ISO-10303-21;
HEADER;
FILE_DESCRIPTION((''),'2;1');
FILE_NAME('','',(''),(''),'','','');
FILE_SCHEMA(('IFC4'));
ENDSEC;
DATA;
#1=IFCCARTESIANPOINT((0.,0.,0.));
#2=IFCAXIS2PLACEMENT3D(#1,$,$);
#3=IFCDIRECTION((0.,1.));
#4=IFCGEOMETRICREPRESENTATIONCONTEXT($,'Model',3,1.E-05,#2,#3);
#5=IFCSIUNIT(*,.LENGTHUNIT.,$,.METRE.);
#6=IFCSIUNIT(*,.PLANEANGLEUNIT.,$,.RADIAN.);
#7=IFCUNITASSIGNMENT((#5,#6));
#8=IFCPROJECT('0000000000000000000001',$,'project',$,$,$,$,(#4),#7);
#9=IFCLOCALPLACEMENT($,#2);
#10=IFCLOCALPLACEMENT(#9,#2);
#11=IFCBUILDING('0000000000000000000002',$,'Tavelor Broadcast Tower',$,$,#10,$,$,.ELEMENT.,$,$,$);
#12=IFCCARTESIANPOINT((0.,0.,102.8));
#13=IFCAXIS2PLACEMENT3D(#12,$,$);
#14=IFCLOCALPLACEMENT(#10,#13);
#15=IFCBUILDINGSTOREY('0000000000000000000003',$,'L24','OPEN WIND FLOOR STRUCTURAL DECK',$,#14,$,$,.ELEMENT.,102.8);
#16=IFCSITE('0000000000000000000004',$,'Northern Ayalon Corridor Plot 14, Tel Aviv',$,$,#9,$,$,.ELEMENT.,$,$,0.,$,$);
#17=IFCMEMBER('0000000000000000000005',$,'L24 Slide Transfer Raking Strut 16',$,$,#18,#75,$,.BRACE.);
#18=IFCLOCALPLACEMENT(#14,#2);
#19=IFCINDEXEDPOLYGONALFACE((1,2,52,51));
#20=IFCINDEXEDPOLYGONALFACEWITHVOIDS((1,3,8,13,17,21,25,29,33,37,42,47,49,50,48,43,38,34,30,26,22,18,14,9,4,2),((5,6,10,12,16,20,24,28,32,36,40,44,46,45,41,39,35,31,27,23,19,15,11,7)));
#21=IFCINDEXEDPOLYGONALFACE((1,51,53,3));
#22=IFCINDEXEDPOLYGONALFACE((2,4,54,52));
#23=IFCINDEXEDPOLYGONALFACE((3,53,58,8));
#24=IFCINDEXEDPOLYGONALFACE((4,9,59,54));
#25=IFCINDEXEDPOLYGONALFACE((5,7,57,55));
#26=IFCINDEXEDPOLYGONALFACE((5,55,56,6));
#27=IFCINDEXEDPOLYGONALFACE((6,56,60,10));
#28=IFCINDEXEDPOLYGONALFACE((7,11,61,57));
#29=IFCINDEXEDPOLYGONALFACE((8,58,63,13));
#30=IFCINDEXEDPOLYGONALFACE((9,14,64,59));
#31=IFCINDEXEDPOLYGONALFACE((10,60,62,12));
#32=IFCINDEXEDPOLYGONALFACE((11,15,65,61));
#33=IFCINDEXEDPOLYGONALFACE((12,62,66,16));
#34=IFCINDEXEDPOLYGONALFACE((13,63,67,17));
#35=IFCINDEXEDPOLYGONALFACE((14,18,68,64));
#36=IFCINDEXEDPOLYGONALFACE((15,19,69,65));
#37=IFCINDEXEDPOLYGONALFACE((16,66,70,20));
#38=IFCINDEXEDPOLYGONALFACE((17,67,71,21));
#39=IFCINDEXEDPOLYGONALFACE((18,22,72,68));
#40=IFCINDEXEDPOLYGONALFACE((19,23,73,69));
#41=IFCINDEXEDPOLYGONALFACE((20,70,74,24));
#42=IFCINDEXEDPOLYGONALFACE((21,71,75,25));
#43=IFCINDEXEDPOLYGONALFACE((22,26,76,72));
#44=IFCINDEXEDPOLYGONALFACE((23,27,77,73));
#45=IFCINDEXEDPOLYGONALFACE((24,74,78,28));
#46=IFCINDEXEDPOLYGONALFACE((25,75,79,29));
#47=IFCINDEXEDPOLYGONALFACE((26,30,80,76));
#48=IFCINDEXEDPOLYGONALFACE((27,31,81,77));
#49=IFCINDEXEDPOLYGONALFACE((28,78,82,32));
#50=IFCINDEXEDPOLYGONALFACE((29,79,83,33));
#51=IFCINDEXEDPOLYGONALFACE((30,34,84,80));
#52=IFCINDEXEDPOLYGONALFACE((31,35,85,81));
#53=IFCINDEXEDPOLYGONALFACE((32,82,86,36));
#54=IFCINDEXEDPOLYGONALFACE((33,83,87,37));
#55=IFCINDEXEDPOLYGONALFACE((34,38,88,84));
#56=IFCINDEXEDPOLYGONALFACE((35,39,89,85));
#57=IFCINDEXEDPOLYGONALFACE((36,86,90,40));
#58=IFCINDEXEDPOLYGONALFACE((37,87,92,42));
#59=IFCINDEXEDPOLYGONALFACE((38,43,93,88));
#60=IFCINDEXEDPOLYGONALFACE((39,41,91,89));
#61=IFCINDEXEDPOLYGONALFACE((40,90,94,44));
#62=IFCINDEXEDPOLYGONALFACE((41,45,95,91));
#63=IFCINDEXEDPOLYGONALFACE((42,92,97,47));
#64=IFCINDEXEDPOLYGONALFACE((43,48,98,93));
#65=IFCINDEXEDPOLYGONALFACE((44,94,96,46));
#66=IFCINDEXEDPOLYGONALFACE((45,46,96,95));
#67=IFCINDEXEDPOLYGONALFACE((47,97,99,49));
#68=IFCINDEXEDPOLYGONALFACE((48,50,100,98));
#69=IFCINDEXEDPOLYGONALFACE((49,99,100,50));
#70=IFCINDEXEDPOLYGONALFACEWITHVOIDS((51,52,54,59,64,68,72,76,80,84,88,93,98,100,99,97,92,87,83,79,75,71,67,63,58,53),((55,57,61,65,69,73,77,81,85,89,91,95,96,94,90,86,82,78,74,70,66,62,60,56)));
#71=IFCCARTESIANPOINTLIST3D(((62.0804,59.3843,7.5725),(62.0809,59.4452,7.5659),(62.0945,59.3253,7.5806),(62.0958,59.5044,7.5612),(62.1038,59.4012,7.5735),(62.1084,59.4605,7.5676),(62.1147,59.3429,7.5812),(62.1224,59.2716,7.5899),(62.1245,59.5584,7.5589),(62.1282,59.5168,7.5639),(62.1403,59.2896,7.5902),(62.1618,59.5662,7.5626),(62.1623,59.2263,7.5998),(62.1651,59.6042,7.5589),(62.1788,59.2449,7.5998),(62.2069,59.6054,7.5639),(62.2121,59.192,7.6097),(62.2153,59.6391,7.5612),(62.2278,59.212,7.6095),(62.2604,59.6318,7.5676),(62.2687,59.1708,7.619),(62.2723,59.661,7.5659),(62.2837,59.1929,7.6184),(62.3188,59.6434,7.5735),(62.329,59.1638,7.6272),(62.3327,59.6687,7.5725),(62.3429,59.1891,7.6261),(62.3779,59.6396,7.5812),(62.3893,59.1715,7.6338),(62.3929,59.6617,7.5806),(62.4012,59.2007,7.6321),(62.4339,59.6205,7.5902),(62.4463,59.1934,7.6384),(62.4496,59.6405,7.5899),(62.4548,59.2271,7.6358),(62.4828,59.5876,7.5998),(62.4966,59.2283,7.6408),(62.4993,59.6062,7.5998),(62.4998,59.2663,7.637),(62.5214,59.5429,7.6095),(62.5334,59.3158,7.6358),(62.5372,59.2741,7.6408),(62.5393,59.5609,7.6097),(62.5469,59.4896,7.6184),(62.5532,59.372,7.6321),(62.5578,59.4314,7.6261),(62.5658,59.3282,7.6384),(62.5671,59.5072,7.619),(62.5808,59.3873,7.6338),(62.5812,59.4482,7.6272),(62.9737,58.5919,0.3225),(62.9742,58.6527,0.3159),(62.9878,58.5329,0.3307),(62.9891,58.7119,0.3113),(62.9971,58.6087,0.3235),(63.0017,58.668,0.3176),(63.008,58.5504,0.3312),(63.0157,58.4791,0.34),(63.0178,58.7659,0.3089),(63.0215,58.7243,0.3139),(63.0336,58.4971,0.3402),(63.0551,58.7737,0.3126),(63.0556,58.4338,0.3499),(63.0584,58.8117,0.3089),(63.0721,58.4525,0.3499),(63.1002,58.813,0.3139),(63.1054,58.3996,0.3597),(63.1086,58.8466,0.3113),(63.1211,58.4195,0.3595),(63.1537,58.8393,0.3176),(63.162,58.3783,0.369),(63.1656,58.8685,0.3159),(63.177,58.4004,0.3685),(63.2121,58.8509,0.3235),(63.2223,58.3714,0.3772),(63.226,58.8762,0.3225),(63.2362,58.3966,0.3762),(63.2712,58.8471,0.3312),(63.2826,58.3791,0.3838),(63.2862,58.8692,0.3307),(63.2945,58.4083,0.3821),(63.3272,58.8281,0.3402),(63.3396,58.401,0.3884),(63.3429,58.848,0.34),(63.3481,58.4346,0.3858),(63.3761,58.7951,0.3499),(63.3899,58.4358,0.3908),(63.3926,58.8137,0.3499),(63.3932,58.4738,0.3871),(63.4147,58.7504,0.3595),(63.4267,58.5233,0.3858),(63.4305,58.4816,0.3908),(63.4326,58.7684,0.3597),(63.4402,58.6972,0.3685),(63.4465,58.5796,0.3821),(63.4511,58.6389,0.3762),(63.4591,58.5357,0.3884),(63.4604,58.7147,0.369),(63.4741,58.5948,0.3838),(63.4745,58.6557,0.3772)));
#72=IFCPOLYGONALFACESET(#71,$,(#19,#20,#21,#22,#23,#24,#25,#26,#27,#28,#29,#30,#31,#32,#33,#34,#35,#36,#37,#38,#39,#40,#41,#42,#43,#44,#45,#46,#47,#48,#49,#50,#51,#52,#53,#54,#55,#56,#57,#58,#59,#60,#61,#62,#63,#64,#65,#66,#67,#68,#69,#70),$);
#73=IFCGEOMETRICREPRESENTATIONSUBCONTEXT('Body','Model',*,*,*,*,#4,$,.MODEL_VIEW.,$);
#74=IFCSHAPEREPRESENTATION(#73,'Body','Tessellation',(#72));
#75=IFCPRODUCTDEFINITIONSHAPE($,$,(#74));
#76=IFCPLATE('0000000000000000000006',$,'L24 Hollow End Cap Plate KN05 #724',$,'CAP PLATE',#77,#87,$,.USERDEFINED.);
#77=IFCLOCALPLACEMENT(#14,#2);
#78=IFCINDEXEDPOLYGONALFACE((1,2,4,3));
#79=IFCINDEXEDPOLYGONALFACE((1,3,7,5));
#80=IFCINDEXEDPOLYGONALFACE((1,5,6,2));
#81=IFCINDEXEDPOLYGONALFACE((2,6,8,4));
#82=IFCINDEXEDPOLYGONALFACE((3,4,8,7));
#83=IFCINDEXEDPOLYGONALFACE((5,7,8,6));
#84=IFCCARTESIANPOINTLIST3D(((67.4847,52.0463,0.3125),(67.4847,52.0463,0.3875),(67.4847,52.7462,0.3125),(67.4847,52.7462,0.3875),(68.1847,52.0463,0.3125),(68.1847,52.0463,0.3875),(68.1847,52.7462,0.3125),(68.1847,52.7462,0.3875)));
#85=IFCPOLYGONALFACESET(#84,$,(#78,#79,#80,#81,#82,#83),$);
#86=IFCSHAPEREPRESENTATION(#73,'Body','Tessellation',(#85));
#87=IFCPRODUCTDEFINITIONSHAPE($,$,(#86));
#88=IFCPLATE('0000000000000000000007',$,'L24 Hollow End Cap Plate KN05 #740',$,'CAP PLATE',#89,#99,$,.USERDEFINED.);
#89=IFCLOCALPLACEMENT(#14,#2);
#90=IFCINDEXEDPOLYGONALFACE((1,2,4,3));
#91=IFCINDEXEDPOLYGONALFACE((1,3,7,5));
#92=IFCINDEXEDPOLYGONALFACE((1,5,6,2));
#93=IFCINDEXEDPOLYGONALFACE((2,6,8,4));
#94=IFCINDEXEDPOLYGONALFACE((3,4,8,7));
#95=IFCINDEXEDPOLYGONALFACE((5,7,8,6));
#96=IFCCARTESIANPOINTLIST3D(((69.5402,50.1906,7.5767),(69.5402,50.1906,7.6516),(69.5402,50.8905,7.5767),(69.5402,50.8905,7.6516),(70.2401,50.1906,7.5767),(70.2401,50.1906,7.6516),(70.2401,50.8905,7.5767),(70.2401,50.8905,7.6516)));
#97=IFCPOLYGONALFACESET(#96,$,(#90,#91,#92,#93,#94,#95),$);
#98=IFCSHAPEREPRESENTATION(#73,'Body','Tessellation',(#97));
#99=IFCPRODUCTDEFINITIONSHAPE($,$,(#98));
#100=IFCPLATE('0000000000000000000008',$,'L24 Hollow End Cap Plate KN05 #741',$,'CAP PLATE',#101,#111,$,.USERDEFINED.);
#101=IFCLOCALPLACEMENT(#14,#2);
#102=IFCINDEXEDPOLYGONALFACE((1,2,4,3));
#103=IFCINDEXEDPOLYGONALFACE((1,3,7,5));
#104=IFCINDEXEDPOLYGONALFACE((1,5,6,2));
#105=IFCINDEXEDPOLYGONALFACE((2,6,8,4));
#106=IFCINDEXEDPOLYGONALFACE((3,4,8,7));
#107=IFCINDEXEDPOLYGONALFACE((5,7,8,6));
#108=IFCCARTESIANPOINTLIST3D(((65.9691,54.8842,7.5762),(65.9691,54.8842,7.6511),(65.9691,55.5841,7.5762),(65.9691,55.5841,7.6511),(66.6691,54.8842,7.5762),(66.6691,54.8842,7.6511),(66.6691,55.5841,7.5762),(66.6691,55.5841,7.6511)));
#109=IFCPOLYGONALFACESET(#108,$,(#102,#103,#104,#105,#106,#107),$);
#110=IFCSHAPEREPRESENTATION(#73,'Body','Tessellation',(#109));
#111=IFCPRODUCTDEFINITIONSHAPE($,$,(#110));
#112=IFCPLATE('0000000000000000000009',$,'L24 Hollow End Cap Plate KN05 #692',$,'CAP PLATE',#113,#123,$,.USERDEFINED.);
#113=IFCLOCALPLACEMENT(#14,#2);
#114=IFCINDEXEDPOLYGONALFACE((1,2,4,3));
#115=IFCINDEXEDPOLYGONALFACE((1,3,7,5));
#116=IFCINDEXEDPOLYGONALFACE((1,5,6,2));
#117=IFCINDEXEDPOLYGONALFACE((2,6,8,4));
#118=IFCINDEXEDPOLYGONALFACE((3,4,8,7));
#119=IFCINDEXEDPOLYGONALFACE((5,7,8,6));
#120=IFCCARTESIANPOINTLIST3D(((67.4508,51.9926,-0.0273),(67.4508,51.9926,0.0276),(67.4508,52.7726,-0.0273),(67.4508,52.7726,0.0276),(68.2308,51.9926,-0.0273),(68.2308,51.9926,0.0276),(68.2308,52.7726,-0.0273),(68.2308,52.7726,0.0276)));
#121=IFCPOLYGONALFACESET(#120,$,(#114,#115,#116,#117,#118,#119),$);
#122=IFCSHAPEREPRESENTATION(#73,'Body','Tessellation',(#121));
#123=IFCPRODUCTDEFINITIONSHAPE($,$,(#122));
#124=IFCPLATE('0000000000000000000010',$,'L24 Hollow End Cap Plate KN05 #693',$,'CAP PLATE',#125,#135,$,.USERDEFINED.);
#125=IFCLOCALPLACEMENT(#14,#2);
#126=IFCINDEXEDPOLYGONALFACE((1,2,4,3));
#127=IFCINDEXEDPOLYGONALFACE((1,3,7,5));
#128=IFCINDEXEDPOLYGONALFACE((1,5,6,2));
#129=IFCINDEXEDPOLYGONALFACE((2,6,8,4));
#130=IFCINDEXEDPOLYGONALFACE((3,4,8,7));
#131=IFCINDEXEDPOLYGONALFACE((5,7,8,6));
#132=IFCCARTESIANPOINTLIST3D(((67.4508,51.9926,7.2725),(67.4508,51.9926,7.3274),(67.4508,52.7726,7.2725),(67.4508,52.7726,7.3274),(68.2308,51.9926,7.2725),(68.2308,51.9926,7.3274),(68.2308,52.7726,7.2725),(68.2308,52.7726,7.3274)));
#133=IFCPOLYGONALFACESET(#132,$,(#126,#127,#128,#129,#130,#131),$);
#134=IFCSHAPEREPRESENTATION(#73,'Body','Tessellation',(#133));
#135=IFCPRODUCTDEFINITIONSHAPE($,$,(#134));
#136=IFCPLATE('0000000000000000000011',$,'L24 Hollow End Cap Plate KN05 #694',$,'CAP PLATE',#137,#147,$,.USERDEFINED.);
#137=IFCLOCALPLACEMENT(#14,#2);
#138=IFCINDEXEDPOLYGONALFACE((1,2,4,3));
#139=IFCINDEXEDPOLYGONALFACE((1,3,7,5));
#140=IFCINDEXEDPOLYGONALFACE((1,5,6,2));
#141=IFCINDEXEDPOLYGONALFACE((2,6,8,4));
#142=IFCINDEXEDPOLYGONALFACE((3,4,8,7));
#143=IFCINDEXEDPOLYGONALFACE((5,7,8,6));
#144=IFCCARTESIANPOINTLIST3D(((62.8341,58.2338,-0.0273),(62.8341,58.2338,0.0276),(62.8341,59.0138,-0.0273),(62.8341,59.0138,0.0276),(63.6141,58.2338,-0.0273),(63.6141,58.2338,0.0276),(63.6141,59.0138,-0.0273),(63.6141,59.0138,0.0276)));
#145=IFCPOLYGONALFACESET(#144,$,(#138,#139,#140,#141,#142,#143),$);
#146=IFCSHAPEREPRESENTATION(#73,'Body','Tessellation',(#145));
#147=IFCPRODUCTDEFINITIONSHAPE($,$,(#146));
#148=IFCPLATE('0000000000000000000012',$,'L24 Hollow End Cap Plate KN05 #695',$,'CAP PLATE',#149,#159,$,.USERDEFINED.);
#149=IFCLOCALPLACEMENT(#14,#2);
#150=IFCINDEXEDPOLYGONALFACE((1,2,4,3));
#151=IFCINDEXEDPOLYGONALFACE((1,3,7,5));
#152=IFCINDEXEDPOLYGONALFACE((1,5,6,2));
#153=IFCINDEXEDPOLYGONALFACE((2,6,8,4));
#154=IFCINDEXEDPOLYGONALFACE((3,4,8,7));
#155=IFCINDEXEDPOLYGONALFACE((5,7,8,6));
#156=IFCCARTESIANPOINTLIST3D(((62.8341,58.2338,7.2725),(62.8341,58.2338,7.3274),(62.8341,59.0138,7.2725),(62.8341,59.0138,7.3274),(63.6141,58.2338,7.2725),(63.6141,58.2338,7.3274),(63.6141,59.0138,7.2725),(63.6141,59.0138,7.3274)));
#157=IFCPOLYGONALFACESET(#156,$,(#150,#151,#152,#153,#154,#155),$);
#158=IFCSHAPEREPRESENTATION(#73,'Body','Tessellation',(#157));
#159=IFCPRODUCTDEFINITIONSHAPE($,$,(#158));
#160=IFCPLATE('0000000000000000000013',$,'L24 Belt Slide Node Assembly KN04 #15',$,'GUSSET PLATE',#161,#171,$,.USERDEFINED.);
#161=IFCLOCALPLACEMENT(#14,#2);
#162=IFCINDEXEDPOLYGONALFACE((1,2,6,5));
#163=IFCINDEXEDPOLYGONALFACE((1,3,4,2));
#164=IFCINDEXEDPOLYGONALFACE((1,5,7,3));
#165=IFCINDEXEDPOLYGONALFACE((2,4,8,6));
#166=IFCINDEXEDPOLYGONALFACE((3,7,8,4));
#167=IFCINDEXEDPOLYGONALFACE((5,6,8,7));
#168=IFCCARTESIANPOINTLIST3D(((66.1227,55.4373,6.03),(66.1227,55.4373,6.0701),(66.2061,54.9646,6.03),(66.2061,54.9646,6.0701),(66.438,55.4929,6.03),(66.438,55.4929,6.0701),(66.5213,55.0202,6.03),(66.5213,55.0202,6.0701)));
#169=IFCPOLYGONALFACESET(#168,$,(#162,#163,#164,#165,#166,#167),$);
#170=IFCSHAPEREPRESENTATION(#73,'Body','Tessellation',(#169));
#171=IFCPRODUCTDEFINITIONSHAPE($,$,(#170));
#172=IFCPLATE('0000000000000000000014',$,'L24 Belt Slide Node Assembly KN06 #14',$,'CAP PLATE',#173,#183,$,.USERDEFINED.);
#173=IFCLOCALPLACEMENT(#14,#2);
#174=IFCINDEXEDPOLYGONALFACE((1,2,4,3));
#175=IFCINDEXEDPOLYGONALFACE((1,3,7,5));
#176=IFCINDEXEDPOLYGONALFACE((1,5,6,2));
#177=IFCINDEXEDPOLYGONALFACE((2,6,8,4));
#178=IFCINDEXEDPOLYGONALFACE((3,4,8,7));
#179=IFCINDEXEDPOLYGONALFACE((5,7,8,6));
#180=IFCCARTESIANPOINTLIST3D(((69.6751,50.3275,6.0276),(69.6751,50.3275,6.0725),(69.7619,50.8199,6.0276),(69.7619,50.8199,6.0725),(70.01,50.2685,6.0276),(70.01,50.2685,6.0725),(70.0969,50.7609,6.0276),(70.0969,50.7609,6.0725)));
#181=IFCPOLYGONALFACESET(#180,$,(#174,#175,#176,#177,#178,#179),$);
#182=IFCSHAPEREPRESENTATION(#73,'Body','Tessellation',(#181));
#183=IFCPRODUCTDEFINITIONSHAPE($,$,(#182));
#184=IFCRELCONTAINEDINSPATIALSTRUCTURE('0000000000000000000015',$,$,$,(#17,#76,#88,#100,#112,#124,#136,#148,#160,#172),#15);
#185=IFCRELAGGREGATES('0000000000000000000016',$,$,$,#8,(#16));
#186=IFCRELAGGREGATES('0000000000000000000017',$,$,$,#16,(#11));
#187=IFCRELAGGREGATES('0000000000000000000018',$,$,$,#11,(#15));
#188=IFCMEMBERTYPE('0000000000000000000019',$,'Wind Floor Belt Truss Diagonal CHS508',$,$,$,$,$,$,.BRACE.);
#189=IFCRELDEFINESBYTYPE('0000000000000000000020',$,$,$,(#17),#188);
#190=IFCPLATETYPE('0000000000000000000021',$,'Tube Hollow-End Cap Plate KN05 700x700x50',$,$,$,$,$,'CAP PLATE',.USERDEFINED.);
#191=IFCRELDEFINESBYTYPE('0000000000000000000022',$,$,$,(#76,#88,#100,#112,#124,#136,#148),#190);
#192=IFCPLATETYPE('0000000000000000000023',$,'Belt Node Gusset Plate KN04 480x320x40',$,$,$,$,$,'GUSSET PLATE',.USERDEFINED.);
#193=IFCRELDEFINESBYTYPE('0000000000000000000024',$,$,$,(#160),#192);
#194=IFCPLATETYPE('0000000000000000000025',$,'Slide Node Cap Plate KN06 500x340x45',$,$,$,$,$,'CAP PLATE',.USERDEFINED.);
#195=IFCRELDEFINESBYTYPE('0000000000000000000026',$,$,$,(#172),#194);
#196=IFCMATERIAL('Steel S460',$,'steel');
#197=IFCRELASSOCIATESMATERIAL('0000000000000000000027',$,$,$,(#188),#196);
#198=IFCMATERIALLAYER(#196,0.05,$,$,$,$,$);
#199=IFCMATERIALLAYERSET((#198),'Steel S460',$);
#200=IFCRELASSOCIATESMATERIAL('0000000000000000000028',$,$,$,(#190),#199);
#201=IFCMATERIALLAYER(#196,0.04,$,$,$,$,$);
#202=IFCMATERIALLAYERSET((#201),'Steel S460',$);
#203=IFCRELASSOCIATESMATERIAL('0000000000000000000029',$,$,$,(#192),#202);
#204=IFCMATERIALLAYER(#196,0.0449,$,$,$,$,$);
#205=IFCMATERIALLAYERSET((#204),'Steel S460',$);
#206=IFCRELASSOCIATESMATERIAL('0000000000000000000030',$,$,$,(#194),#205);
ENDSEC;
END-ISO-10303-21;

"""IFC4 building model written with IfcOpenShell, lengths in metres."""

from ifc_helpers import new_model, si_unit, direction, frame, origin, origin_2d, place, context, subcontext, project, spatial, rectangle, hollow_circle, extrude, source, transform, mapped, material, layer, layer_set, material_profile, profile_set, type_object, type_shapes, element, save


model = new_model("IFC4")

# Units and contexts
model_context = context("Model", 3, precision=1e-05, world=origin(), true_north=direction((0.0, 1.0)))
body_context = subcontext(model_context, "Body", "Model", "MODEL_VIEW")
ifc_project = project(units=[si_unit("LENGTHUNIT", "METRE"), si_unit("PLANEANGLEUNIT", "RADIAN")], contexts=[model_context])

# Site, building, storey
site_placement = place(None, origin())
site = spatial("IfcSite", under=ifc_project, at=site_placement, Name="Northern Ayalon Corridor Plot 14, Tel Aviv", CompositionType="ELEMENT", RefElevation=0.0)
building_placement = place(site_placement, origin())
building = spatial("IfcBuilding", under=site, at=building_placement, Name="Tavelor Broadcast Tower", CompositionType="ELEMENT")
storey_placement = place(building_placement, frame((0.0, 0.0, 102.8)))
storey = spatial("IfcBuildingStorey", under=building, at=storey_placement, Name="L24", Description="OPEN WIND FLOOR STRUCTURAL DECK", CompositionType="ELEMENT", Elevation=102.8)

# Shared definitions
ifc_material_1 = material(Name="Steel S460", Category="steel")

# Member
ifc_material_profile_1 = material_profile(ifc_material_1, hollow_circle(Radius=0.2539, WallThickness=0.0249, at=origin_2d()), Name="CHS 508x25")
ifc_profile_set_1 = profile_set([ifc_material_profile_1], Name="Steel S460")
member_type_1 = type_object("IfcMemberType", Name="Wind Floor Belt Truss Diagonal CHS508", PredefinedType="BRACE", material=ifc_profile_set_1)
member_1_placement = place(storey_placement, frame((63.2241, 58.6238, 0.3499), z_axis=(-0.121577, 0.107854, 0.986705), x_axis=(-0.663628, -0.748063, 0.0)))
element("IfcMember", 1, at=member_1_placement, inside=storey, type_object=member_type_1, Name="L24 Slide Transfer Raking Strut 16", PredefinedType="BRACE", context=body_context, shape_type="SweptSolid", body=[
    extrude(hollow_circle(Radius=0.2539, WallThickness=0.0249, at=origin_2d()), origin(), (0.0, 0.0, 1.0), 7.3477),
])

# Plates
ifc_layer_1 = layer(ifc_material_1, 0.05)
ifc_layer_set_1 = layer_set([ifc_layer_1], Name="Steel S460")
plate_type_1 = type_object("IfcPlateType", Name="Tube Hollow-End Cap Plate KN05 700x700x50", ElementType="CAP PLATE", PredefinedType="USERDEFINED", material=ifc_layer_set_1)
shared_shape_1 = source(origin(), body_context, "Body", "SweptSolid", [
    extrude(rectangle(XDim=0.7, YDim=0.7, at=origin_2d()), origin(), (0.0, 0.0, 1.0), 0.075),
])
for number, where, z_axis, x_axis, name in (
    (2, (67.8347, 52.3962, 0.3125), (0.0, 0.0, 1.0), (1.0, 0.0, 0.0), "L24 Hollow End Cap Plate KN05 #724"),
    (3, (69.8901, 50.5405, 7.5767), (0.0, 0.0, 1.0), (1.0, 0.0, 0.0), "L24 Hollow End Cap Plate KN05 #740"),
    (4, (66.3191, 55.2341, 7.5762), (0.0, 0.0, 1.0), (1.0, 0.0, 0.0), "L24 Hollow End Cap Plate KN05 #741"),
):
    element("IfcPlate", number, at=place(storey_placement, frame(where, z_axis=z_axis, x_axis=x_axis)), inside=storey, type_object=plate_type_1, Name=name, ObjectType="CAP PLATE", PredefinedType="USERDEFINED", context=body_context, shape_type="MappedRepresentation", body=[
        mapped(shared_shape_1, transform((0.0, 0.0, 0.0), scale=1.0)),
    ])
shared_shape_2 = source(origin(), body_context, "Body", "SweptSolid", [
    extrude(rectangle(XDim=0.78, YDim=0.78, at=origin_2d()), origin(), (0.0, 0.0, 1.0), 0.0549),
])
type_shapes(plate_type_1, [shared_shape_1, shared_shape_2])
for number, where, z_axis, x_axis, name in (
    (5, (67.8408, 52.3826, -0.0273), (0.0, 0.0, 1.0), (1.0, 0.0, 0.0), "L24 Hollow End Cap Plate KN05 #692"),
    (6, (67.8408, 52.3826, 7.2725), (0.0, 0.0, 1.0), (1.0, 0.0, 0.0), "L24 Hollow End Cap Plate KN05 #693"),
    (7, (63.2241, 58.6238, -0.0273), (0.0, 0.0, 1.0), (1.0, 0.0, 0.0), "L24 Hollow End Cap Plate KN05 #694"),
    (8, (63.2241, 58.6238, 7.2725), (0.0, 0.0, 1.0), (1.0, 0.0, 0.0), "L24 Hollow End Cap Plate KN05 #695"),
):
    element("IfcPlate", number, at=place(storey_placement, frame(where, z_axis=z_axis, x_axis=x_axis)), inside=storey, type_object=plate_type_1, Name=name, ObjectType="CAP PLATE", PredefinedType="USERDEFINED", context=body_context, shape_type="MappedRepresentation", body=[
        mapped(shared_shape_2, transform((0.0, 0.0, 0.0), scale=1.0)),
    ])
ifc_layer_2 = layer(ifc_material_1, 0.04)
ifc_layer_set_2 = layer_set([ifc_layer_2], Name="Steel S460")
plate_type_2 = type_object("IfcPlateType", Name="Belt Node Gusset Plate KN04 480x320x40", ElementType="GUSSET PLATE", PredefinedType="USERDEFINED", material=ifc_layer_set_2)
shared_shape_3 = source(origin(), body_context, "Body", "SweptSolid", [
    extrude(rectangle(XDim=0.48, YDim=0.3201, at=origin_2d()), origin(), (0.0, 0.0, 1.0), 0.04),
])
type_shapes(plate_type_2, [shared_shape_3])
plate_1_placement = place(storey_placement, frame((66.322, 55.2288, 6.03), z_axis=(0.0, 0.0, 1.0), x_axis=(0.173648, -0.984808, 0.0)))
element("IfcPlate", 9, at=plate_1_placement, inside=storey, type_object=plate_type_2, Name="L24 Belt Slide Node Assembly KN04 #15", ObjectType="GUSSET PLATE", PredefinedType="USERDEFINED", context=body_context, shape_type="MappedRepresentation", body=[
    mapped(shared_shape_3, transform((0.0, 0.0, 0.0), scale=1.0)),
])
ifc_layer_3 = layer(ifc_material_1, 0.0449)
ifc_layer_set_3 = layer_set([ifc_layer_3], Name="Steel S460")
plate_type_3 = type_object("IfcPlateType", Name="Slide Node Cap Plate KN06 500x340x45", ElementType="CAP PLATE", PredefinedType="USERDEFINED", material=ifc_layer_set_3)
shared_shape_4 = source(origin(), body_context, "Body", "SweptSolid", [
    extrude(rectangle(XDim=0.5, YDim=0.3401, at=origin_2d()), origin(), (0.0, 0.0, 1.0), 0.0449),
])
type_shapes(plate_type_3, [shared_shape_4])
plate_2_placement = place(storey_placement, frame((69.886, 50.5442, 6.0276), z_axis=(0.0, 0.0, 1.0), x_axis=(-0.173648, -0.984808, 0.0)))
element("IfcPlate", 10, at=plate_2_placement, inside=storey, type_object=plate_type_3, Name="L24 Belt Slide Node Assembly KN06 #14", ObjectType="CAP PLATE", PredefinedType="USERDEFINED", context=body_context, shape_type="MappedRepresentation", body=[
    mapped(shared_shape_4, transform((0.0, 0.0, 0.0), scale=1.0)),
])

save(model, "model.ifc")
